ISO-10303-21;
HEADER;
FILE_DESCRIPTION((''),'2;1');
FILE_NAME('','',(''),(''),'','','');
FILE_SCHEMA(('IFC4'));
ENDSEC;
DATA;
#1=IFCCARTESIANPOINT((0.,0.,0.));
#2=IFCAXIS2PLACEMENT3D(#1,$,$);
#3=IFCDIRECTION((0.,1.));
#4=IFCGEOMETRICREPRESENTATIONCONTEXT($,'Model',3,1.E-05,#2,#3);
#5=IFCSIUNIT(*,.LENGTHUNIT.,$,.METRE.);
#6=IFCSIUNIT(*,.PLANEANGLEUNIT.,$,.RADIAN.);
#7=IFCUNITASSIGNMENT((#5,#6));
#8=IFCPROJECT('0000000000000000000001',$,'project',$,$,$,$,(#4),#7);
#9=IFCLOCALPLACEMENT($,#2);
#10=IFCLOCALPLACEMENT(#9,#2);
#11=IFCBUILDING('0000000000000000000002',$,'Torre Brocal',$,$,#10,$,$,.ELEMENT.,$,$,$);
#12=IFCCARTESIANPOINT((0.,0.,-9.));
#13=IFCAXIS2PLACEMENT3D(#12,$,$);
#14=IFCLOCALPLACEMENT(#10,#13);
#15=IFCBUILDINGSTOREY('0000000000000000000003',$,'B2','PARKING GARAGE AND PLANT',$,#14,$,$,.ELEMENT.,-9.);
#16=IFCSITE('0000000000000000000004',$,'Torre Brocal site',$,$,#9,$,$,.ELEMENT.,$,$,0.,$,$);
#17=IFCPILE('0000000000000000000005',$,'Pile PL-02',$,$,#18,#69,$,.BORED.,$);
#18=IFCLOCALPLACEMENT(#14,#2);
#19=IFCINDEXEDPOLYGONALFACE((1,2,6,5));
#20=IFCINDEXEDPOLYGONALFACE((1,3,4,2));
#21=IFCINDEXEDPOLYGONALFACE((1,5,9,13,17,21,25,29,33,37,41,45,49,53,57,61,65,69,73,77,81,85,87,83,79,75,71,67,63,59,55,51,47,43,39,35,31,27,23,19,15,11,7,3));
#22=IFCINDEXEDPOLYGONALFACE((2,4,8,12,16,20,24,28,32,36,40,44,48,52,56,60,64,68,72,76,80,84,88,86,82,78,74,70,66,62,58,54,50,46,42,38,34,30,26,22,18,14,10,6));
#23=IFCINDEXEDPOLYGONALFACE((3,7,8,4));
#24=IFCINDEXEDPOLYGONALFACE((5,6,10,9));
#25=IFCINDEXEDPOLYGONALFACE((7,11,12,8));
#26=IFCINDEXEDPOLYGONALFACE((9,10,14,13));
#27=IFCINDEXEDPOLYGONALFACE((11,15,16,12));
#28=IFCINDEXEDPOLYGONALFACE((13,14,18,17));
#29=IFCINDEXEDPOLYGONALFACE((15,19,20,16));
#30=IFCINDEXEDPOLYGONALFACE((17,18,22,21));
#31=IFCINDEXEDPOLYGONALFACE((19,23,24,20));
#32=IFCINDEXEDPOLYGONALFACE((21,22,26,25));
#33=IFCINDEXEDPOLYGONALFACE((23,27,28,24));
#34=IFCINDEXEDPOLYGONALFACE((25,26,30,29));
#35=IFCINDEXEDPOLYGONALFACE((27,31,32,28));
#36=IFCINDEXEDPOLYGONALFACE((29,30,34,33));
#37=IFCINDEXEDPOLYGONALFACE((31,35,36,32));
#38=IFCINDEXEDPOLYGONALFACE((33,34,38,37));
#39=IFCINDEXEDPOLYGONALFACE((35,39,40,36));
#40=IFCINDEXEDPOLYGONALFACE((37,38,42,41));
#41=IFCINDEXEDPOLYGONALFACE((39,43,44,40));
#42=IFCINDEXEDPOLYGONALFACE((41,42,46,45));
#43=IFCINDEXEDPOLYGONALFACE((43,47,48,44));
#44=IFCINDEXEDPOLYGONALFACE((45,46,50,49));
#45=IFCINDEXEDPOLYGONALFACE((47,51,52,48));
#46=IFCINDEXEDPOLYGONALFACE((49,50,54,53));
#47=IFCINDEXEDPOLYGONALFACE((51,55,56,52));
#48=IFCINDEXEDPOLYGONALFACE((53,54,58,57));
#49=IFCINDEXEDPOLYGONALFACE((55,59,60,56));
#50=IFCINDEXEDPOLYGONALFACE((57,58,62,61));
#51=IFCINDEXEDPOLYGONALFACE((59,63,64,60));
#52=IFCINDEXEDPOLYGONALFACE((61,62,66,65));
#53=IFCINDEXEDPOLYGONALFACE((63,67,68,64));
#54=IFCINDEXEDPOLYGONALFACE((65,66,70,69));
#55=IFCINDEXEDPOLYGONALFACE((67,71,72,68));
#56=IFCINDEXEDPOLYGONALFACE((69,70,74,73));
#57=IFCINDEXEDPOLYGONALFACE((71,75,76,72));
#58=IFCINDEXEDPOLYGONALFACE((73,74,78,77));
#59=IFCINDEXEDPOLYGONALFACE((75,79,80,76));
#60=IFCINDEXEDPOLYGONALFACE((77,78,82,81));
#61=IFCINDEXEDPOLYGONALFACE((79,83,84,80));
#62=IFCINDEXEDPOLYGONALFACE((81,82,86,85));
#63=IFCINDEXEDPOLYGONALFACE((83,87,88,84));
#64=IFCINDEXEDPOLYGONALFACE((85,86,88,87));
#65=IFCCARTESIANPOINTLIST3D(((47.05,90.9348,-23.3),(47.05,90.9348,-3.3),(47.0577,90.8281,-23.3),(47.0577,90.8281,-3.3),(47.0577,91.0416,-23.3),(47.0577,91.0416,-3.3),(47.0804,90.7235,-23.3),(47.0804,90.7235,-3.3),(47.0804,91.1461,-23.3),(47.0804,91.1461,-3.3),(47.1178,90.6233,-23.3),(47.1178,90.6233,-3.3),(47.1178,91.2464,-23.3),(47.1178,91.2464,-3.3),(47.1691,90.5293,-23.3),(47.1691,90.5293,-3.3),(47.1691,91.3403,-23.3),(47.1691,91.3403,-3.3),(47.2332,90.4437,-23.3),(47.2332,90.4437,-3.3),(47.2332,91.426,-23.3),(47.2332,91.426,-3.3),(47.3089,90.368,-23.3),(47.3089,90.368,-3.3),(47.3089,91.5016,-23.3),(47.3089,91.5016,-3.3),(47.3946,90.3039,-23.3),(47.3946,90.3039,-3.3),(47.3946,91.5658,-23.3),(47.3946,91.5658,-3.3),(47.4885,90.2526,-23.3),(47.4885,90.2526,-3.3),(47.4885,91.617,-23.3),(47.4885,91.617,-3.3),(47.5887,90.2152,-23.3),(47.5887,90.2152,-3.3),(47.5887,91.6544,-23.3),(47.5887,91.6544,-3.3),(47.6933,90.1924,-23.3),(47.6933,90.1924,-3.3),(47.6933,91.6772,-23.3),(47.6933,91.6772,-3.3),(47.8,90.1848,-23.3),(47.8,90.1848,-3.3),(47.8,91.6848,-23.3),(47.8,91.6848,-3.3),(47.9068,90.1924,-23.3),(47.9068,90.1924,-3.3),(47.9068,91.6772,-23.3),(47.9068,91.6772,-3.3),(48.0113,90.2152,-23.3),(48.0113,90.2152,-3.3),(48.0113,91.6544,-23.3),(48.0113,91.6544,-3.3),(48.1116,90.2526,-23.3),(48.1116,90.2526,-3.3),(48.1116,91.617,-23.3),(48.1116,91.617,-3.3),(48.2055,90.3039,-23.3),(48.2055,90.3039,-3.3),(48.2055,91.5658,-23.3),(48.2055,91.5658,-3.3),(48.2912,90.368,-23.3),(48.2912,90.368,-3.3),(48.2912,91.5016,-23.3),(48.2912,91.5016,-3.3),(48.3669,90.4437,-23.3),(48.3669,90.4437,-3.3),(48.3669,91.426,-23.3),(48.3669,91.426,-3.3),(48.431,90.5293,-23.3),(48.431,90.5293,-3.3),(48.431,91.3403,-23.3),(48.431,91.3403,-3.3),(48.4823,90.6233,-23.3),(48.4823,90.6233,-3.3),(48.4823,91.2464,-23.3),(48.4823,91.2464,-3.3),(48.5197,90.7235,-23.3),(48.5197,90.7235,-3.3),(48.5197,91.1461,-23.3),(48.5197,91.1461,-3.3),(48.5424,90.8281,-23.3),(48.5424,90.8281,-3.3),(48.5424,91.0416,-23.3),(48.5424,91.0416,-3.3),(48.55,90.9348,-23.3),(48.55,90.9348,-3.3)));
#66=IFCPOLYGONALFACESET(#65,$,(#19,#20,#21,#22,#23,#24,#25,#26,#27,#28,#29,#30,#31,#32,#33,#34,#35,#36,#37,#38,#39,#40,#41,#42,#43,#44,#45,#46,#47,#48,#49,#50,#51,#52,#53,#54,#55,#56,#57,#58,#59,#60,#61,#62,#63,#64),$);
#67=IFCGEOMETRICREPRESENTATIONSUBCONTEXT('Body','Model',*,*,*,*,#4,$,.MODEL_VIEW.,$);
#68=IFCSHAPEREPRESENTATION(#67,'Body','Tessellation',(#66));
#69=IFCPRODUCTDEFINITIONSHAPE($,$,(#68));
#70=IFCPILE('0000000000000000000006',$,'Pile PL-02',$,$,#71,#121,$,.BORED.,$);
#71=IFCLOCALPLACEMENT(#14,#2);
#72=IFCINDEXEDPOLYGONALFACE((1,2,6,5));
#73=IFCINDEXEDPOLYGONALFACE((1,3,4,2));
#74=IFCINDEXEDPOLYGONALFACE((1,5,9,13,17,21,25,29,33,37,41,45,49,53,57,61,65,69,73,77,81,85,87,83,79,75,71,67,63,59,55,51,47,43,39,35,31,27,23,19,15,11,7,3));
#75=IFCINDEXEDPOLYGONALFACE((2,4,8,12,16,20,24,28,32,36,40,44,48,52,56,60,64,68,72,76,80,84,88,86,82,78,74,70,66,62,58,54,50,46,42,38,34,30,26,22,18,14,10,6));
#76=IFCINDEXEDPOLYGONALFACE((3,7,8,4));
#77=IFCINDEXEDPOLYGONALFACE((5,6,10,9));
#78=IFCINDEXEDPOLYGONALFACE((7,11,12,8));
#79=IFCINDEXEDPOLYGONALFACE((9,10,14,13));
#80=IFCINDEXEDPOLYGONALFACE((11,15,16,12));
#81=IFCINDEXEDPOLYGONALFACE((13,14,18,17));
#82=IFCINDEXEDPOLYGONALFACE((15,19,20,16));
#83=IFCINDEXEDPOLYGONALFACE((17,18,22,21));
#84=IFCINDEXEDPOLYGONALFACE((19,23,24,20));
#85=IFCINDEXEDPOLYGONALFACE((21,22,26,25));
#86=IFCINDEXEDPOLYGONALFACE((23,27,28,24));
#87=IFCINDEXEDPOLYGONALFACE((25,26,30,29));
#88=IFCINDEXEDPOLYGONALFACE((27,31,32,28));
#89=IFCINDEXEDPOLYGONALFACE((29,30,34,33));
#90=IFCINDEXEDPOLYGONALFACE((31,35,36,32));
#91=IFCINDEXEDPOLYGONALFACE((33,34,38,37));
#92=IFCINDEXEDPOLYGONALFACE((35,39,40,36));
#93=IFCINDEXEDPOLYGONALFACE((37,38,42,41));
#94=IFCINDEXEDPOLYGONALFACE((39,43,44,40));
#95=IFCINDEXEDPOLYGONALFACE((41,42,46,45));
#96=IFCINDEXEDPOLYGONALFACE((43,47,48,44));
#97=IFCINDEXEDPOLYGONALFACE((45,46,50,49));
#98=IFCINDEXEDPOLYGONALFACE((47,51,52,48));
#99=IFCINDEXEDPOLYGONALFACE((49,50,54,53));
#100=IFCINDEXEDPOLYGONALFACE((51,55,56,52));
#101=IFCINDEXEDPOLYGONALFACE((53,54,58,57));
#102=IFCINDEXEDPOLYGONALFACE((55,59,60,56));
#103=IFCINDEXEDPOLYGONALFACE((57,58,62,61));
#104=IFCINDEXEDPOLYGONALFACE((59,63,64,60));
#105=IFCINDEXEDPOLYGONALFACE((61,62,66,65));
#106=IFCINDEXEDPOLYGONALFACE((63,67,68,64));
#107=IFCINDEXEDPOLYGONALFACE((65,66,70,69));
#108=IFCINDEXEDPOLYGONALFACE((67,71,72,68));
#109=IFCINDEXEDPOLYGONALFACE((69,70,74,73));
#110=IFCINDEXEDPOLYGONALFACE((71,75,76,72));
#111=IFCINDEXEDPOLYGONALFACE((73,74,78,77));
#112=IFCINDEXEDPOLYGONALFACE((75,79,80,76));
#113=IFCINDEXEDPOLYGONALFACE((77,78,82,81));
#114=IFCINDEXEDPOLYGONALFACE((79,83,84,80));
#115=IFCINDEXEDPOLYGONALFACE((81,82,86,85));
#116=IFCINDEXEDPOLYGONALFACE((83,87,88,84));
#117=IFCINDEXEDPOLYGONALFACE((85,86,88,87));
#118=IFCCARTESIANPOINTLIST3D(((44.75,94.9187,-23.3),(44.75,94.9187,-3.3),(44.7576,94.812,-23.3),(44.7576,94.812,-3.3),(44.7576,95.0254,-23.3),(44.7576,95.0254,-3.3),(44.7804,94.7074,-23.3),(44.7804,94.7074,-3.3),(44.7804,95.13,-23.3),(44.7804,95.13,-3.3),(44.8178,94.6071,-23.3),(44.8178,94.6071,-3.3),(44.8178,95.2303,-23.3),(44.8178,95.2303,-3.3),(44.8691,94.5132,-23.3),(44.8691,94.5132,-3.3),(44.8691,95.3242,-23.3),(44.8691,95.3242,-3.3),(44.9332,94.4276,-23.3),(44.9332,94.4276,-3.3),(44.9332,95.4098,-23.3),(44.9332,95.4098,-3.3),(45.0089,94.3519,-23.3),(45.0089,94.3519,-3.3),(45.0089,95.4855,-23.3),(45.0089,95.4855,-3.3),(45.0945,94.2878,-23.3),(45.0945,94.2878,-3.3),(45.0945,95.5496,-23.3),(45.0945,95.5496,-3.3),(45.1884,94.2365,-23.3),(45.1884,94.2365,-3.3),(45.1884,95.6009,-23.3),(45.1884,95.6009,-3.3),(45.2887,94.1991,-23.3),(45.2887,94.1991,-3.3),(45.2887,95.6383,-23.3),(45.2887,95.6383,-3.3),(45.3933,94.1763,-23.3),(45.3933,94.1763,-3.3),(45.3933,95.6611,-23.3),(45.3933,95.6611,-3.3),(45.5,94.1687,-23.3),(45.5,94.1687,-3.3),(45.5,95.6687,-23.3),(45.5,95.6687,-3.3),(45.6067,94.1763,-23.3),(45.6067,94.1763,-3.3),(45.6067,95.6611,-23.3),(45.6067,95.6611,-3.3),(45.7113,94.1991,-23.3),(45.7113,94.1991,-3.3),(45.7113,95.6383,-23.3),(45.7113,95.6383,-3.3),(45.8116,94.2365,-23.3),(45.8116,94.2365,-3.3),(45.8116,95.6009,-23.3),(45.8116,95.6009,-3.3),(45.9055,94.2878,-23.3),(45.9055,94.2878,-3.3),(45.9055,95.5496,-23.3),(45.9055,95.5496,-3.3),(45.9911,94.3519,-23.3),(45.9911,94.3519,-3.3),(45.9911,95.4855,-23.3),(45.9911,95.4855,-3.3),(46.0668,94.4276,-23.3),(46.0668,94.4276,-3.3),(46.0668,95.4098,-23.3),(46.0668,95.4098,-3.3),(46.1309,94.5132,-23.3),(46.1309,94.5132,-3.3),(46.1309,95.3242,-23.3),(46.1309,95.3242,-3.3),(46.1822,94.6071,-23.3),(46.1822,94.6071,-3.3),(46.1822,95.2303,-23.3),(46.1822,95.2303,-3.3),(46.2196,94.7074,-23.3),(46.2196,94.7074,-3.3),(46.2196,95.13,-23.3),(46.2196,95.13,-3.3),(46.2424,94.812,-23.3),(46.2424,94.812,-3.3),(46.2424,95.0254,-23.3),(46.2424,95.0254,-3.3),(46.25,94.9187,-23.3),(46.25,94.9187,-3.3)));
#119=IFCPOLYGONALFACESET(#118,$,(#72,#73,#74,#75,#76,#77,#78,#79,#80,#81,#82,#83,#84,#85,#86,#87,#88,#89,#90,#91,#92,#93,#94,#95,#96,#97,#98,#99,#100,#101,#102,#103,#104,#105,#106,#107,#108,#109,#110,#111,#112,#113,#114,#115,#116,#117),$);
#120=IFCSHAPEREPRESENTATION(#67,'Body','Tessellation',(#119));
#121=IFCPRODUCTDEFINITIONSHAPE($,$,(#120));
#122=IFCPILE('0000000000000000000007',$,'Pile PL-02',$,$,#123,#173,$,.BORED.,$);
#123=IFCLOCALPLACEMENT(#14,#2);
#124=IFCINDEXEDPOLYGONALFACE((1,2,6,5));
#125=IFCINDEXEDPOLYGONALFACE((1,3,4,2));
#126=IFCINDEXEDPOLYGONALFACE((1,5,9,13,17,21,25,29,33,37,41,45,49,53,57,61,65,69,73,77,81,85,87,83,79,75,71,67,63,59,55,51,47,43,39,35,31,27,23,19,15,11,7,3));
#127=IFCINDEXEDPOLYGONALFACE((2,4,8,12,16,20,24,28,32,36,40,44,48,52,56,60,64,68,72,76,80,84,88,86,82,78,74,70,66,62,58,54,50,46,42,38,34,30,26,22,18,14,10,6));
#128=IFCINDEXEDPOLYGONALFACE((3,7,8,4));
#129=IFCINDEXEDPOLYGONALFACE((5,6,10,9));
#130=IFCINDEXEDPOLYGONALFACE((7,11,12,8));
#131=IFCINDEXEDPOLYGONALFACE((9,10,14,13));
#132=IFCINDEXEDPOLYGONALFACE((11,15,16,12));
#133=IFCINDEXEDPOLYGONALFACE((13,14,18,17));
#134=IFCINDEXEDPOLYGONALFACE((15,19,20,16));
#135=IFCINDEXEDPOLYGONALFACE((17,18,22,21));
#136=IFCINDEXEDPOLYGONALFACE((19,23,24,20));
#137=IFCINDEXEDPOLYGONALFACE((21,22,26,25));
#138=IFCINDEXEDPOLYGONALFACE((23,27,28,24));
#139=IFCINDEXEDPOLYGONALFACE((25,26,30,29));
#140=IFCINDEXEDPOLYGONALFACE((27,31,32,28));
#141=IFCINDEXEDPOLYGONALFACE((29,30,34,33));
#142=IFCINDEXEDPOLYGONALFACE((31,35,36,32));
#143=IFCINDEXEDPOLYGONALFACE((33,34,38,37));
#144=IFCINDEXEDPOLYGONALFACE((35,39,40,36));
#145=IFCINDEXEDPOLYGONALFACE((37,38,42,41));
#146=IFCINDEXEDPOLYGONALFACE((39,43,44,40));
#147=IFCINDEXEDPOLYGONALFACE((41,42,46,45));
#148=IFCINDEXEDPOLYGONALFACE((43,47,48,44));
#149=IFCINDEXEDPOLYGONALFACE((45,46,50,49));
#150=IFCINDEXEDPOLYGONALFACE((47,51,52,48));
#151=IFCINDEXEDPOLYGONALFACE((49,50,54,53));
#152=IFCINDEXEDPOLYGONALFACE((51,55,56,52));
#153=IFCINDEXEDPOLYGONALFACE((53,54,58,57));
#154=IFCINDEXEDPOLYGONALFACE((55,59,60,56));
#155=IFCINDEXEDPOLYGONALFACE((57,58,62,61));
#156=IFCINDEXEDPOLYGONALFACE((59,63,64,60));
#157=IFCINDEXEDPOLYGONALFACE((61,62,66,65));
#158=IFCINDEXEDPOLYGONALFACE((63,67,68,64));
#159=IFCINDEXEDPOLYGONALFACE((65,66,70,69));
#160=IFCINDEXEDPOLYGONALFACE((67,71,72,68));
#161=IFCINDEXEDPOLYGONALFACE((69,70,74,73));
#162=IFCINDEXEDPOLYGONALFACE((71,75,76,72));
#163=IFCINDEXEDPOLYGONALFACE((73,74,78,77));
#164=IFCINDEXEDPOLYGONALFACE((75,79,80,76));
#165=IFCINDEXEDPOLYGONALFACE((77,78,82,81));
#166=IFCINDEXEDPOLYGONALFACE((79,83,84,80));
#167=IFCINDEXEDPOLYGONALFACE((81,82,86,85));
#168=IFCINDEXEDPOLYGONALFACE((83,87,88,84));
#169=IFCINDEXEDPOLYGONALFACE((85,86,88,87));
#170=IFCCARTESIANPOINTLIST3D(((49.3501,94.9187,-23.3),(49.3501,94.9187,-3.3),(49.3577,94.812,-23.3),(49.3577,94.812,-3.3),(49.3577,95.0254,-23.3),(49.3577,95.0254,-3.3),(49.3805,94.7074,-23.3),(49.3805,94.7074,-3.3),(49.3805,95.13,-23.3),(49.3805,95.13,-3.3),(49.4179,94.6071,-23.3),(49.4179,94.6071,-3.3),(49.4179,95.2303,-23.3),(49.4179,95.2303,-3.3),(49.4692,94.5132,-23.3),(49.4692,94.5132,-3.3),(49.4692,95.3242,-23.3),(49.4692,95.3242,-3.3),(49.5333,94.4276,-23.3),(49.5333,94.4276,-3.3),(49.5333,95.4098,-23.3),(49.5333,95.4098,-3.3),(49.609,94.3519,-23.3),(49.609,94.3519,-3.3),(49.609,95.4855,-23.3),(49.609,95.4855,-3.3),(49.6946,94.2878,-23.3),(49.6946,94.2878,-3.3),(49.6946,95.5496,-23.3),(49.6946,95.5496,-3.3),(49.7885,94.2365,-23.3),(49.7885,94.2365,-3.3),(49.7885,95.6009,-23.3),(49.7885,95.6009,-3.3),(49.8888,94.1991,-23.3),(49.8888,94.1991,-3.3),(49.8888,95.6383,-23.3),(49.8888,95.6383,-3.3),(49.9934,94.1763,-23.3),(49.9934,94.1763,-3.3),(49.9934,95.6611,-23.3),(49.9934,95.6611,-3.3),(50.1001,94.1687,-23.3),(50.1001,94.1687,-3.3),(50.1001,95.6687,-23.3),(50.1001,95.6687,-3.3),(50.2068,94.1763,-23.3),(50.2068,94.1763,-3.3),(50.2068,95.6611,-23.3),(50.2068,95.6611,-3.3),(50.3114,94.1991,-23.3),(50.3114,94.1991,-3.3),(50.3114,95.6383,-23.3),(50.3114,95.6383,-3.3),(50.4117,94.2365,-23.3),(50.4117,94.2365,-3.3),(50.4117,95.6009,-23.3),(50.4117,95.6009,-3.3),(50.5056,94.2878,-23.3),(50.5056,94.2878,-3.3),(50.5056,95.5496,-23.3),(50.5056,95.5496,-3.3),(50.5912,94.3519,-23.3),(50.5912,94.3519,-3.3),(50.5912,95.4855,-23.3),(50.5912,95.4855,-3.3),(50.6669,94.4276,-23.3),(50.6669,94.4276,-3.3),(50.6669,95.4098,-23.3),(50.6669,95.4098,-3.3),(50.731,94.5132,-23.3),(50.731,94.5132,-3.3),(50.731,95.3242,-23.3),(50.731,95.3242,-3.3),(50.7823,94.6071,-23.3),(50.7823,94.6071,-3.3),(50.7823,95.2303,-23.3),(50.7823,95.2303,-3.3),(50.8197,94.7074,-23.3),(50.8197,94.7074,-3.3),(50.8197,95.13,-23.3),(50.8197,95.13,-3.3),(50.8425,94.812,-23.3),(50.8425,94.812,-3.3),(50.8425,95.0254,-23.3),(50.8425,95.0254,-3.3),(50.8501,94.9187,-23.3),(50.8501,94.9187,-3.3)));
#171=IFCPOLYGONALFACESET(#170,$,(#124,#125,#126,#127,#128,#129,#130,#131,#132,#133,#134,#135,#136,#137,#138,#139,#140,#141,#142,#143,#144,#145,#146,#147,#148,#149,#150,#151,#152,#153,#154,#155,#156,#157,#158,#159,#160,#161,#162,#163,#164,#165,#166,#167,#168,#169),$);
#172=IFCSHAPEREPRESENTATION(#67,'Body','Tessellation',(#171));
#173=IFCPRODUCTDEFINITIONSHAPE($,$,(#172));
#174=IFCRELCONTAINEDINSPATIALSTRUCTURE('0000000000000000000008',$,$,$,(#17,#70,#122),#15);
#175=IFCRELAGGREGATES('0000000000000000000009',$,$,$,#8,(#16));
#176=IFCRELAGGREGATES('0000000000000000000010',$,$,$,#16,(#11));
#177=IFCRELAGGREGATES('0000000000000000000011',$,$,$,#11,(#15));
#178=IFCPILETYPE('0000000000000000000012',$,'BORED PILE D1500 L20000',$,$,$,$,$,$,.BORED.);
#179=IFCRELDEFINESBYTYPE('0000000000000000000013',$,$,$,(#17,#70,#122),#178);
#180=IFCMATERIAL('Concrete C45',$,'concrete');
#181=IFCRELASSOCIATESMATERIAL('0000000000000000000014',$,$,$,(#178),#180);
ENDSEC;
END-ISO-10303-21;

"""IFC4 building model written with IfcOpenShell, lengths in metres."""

from ifc_helpers import new_model, si_unit, direction, frame, origin, origin_2d, place, context, subcontext, project, spatial, circle, extrude, material, material_profile, profile_set, type_object, element, save


model = new_model("IFC4")

# Units and contexts
model_context = context("Model", 3, precision=1e-05, world=origin(), true_north=direction((0.0, 1.0)))
body_context = subcontext(model_context, "Body", "Model", "MODEL_VIEW")
ifc_project = project(units=[si_unit("LENGTHUNIT", "METRE"), si_unit("PLANEANGLEUNIT", "RADIAN")], contexts=[model_context])

# Site, building, storey
site_placement = place(None, origin())
site = spatial("IfcSite", under=ifc_project, at=site_placement, Name="Torre Brocal site", CompositionType="ELEMENT", RefElevation=0.0)
building_placement = place(site_placement, origin())
building = spatial("IfcBuilding", under=site, at=building_placement, Name="Torre Brocal", CompositionType="ELEMENT")
storey_placement = place(building_placement, frame((0.0, 0.0, -9.0)))
storey = spatial("IfcBuildingStorey", under=building, at=storey_placement, Name="B2", Description="PARKING GARAGE AND PLANT", CompositionType="ELEMENT", Elevation=-9.0)

# Piles
ifc_material_1 = material(Name="Concrete C45", Category="concrete")
ifc_material_profile_1 = material_profile(ifc_material_1, circle(Radius=0.75, at=origin_2d()), Name="BORED PILE D1500")
ifc_profile_set_1 = profile_set([ifc_material_profile_1], Name="Concrete C45")
pile_type_1 = type_object("IfcPileType", Name="BORED PILE D1500 L20000", PredefinedType="BORED", material=ifc_profile_set_1)
for number, where, z_axis, x_axis, name in (
    (1, (47.8, 90.9348, -3.3), (0.0, 0.0, -1.0), (1.0, 0.0, 0.0), "Pile PL-02"),
    (2, (45.5, 94.9187, -3.3), (0.0, 0.0, -1.0), (1.0, 0.0, 0.0), "Pile PL-02"),
    (3, (50.1001, 94.9187, -3.3), (0.0, 0.0, -1.0), (1.0, 0.0, 0.0), "Pile PL-02"),
):
    element("IfcPile", number, at=place(storey_placement, frame(where, z_axis=z_axis, x_axis=x_axis)), inside=storey, type_object=pile_type_1, Name=name, PredefinedType="BORED", context=body_context, shape_type="SweptSolid", body=[
        extrude(circle(Radius=0.75, at=origin_2d()), origin(), (0.0, 0.0, 1.0), 20.0),
    ])

save(model, "model.ifc")
